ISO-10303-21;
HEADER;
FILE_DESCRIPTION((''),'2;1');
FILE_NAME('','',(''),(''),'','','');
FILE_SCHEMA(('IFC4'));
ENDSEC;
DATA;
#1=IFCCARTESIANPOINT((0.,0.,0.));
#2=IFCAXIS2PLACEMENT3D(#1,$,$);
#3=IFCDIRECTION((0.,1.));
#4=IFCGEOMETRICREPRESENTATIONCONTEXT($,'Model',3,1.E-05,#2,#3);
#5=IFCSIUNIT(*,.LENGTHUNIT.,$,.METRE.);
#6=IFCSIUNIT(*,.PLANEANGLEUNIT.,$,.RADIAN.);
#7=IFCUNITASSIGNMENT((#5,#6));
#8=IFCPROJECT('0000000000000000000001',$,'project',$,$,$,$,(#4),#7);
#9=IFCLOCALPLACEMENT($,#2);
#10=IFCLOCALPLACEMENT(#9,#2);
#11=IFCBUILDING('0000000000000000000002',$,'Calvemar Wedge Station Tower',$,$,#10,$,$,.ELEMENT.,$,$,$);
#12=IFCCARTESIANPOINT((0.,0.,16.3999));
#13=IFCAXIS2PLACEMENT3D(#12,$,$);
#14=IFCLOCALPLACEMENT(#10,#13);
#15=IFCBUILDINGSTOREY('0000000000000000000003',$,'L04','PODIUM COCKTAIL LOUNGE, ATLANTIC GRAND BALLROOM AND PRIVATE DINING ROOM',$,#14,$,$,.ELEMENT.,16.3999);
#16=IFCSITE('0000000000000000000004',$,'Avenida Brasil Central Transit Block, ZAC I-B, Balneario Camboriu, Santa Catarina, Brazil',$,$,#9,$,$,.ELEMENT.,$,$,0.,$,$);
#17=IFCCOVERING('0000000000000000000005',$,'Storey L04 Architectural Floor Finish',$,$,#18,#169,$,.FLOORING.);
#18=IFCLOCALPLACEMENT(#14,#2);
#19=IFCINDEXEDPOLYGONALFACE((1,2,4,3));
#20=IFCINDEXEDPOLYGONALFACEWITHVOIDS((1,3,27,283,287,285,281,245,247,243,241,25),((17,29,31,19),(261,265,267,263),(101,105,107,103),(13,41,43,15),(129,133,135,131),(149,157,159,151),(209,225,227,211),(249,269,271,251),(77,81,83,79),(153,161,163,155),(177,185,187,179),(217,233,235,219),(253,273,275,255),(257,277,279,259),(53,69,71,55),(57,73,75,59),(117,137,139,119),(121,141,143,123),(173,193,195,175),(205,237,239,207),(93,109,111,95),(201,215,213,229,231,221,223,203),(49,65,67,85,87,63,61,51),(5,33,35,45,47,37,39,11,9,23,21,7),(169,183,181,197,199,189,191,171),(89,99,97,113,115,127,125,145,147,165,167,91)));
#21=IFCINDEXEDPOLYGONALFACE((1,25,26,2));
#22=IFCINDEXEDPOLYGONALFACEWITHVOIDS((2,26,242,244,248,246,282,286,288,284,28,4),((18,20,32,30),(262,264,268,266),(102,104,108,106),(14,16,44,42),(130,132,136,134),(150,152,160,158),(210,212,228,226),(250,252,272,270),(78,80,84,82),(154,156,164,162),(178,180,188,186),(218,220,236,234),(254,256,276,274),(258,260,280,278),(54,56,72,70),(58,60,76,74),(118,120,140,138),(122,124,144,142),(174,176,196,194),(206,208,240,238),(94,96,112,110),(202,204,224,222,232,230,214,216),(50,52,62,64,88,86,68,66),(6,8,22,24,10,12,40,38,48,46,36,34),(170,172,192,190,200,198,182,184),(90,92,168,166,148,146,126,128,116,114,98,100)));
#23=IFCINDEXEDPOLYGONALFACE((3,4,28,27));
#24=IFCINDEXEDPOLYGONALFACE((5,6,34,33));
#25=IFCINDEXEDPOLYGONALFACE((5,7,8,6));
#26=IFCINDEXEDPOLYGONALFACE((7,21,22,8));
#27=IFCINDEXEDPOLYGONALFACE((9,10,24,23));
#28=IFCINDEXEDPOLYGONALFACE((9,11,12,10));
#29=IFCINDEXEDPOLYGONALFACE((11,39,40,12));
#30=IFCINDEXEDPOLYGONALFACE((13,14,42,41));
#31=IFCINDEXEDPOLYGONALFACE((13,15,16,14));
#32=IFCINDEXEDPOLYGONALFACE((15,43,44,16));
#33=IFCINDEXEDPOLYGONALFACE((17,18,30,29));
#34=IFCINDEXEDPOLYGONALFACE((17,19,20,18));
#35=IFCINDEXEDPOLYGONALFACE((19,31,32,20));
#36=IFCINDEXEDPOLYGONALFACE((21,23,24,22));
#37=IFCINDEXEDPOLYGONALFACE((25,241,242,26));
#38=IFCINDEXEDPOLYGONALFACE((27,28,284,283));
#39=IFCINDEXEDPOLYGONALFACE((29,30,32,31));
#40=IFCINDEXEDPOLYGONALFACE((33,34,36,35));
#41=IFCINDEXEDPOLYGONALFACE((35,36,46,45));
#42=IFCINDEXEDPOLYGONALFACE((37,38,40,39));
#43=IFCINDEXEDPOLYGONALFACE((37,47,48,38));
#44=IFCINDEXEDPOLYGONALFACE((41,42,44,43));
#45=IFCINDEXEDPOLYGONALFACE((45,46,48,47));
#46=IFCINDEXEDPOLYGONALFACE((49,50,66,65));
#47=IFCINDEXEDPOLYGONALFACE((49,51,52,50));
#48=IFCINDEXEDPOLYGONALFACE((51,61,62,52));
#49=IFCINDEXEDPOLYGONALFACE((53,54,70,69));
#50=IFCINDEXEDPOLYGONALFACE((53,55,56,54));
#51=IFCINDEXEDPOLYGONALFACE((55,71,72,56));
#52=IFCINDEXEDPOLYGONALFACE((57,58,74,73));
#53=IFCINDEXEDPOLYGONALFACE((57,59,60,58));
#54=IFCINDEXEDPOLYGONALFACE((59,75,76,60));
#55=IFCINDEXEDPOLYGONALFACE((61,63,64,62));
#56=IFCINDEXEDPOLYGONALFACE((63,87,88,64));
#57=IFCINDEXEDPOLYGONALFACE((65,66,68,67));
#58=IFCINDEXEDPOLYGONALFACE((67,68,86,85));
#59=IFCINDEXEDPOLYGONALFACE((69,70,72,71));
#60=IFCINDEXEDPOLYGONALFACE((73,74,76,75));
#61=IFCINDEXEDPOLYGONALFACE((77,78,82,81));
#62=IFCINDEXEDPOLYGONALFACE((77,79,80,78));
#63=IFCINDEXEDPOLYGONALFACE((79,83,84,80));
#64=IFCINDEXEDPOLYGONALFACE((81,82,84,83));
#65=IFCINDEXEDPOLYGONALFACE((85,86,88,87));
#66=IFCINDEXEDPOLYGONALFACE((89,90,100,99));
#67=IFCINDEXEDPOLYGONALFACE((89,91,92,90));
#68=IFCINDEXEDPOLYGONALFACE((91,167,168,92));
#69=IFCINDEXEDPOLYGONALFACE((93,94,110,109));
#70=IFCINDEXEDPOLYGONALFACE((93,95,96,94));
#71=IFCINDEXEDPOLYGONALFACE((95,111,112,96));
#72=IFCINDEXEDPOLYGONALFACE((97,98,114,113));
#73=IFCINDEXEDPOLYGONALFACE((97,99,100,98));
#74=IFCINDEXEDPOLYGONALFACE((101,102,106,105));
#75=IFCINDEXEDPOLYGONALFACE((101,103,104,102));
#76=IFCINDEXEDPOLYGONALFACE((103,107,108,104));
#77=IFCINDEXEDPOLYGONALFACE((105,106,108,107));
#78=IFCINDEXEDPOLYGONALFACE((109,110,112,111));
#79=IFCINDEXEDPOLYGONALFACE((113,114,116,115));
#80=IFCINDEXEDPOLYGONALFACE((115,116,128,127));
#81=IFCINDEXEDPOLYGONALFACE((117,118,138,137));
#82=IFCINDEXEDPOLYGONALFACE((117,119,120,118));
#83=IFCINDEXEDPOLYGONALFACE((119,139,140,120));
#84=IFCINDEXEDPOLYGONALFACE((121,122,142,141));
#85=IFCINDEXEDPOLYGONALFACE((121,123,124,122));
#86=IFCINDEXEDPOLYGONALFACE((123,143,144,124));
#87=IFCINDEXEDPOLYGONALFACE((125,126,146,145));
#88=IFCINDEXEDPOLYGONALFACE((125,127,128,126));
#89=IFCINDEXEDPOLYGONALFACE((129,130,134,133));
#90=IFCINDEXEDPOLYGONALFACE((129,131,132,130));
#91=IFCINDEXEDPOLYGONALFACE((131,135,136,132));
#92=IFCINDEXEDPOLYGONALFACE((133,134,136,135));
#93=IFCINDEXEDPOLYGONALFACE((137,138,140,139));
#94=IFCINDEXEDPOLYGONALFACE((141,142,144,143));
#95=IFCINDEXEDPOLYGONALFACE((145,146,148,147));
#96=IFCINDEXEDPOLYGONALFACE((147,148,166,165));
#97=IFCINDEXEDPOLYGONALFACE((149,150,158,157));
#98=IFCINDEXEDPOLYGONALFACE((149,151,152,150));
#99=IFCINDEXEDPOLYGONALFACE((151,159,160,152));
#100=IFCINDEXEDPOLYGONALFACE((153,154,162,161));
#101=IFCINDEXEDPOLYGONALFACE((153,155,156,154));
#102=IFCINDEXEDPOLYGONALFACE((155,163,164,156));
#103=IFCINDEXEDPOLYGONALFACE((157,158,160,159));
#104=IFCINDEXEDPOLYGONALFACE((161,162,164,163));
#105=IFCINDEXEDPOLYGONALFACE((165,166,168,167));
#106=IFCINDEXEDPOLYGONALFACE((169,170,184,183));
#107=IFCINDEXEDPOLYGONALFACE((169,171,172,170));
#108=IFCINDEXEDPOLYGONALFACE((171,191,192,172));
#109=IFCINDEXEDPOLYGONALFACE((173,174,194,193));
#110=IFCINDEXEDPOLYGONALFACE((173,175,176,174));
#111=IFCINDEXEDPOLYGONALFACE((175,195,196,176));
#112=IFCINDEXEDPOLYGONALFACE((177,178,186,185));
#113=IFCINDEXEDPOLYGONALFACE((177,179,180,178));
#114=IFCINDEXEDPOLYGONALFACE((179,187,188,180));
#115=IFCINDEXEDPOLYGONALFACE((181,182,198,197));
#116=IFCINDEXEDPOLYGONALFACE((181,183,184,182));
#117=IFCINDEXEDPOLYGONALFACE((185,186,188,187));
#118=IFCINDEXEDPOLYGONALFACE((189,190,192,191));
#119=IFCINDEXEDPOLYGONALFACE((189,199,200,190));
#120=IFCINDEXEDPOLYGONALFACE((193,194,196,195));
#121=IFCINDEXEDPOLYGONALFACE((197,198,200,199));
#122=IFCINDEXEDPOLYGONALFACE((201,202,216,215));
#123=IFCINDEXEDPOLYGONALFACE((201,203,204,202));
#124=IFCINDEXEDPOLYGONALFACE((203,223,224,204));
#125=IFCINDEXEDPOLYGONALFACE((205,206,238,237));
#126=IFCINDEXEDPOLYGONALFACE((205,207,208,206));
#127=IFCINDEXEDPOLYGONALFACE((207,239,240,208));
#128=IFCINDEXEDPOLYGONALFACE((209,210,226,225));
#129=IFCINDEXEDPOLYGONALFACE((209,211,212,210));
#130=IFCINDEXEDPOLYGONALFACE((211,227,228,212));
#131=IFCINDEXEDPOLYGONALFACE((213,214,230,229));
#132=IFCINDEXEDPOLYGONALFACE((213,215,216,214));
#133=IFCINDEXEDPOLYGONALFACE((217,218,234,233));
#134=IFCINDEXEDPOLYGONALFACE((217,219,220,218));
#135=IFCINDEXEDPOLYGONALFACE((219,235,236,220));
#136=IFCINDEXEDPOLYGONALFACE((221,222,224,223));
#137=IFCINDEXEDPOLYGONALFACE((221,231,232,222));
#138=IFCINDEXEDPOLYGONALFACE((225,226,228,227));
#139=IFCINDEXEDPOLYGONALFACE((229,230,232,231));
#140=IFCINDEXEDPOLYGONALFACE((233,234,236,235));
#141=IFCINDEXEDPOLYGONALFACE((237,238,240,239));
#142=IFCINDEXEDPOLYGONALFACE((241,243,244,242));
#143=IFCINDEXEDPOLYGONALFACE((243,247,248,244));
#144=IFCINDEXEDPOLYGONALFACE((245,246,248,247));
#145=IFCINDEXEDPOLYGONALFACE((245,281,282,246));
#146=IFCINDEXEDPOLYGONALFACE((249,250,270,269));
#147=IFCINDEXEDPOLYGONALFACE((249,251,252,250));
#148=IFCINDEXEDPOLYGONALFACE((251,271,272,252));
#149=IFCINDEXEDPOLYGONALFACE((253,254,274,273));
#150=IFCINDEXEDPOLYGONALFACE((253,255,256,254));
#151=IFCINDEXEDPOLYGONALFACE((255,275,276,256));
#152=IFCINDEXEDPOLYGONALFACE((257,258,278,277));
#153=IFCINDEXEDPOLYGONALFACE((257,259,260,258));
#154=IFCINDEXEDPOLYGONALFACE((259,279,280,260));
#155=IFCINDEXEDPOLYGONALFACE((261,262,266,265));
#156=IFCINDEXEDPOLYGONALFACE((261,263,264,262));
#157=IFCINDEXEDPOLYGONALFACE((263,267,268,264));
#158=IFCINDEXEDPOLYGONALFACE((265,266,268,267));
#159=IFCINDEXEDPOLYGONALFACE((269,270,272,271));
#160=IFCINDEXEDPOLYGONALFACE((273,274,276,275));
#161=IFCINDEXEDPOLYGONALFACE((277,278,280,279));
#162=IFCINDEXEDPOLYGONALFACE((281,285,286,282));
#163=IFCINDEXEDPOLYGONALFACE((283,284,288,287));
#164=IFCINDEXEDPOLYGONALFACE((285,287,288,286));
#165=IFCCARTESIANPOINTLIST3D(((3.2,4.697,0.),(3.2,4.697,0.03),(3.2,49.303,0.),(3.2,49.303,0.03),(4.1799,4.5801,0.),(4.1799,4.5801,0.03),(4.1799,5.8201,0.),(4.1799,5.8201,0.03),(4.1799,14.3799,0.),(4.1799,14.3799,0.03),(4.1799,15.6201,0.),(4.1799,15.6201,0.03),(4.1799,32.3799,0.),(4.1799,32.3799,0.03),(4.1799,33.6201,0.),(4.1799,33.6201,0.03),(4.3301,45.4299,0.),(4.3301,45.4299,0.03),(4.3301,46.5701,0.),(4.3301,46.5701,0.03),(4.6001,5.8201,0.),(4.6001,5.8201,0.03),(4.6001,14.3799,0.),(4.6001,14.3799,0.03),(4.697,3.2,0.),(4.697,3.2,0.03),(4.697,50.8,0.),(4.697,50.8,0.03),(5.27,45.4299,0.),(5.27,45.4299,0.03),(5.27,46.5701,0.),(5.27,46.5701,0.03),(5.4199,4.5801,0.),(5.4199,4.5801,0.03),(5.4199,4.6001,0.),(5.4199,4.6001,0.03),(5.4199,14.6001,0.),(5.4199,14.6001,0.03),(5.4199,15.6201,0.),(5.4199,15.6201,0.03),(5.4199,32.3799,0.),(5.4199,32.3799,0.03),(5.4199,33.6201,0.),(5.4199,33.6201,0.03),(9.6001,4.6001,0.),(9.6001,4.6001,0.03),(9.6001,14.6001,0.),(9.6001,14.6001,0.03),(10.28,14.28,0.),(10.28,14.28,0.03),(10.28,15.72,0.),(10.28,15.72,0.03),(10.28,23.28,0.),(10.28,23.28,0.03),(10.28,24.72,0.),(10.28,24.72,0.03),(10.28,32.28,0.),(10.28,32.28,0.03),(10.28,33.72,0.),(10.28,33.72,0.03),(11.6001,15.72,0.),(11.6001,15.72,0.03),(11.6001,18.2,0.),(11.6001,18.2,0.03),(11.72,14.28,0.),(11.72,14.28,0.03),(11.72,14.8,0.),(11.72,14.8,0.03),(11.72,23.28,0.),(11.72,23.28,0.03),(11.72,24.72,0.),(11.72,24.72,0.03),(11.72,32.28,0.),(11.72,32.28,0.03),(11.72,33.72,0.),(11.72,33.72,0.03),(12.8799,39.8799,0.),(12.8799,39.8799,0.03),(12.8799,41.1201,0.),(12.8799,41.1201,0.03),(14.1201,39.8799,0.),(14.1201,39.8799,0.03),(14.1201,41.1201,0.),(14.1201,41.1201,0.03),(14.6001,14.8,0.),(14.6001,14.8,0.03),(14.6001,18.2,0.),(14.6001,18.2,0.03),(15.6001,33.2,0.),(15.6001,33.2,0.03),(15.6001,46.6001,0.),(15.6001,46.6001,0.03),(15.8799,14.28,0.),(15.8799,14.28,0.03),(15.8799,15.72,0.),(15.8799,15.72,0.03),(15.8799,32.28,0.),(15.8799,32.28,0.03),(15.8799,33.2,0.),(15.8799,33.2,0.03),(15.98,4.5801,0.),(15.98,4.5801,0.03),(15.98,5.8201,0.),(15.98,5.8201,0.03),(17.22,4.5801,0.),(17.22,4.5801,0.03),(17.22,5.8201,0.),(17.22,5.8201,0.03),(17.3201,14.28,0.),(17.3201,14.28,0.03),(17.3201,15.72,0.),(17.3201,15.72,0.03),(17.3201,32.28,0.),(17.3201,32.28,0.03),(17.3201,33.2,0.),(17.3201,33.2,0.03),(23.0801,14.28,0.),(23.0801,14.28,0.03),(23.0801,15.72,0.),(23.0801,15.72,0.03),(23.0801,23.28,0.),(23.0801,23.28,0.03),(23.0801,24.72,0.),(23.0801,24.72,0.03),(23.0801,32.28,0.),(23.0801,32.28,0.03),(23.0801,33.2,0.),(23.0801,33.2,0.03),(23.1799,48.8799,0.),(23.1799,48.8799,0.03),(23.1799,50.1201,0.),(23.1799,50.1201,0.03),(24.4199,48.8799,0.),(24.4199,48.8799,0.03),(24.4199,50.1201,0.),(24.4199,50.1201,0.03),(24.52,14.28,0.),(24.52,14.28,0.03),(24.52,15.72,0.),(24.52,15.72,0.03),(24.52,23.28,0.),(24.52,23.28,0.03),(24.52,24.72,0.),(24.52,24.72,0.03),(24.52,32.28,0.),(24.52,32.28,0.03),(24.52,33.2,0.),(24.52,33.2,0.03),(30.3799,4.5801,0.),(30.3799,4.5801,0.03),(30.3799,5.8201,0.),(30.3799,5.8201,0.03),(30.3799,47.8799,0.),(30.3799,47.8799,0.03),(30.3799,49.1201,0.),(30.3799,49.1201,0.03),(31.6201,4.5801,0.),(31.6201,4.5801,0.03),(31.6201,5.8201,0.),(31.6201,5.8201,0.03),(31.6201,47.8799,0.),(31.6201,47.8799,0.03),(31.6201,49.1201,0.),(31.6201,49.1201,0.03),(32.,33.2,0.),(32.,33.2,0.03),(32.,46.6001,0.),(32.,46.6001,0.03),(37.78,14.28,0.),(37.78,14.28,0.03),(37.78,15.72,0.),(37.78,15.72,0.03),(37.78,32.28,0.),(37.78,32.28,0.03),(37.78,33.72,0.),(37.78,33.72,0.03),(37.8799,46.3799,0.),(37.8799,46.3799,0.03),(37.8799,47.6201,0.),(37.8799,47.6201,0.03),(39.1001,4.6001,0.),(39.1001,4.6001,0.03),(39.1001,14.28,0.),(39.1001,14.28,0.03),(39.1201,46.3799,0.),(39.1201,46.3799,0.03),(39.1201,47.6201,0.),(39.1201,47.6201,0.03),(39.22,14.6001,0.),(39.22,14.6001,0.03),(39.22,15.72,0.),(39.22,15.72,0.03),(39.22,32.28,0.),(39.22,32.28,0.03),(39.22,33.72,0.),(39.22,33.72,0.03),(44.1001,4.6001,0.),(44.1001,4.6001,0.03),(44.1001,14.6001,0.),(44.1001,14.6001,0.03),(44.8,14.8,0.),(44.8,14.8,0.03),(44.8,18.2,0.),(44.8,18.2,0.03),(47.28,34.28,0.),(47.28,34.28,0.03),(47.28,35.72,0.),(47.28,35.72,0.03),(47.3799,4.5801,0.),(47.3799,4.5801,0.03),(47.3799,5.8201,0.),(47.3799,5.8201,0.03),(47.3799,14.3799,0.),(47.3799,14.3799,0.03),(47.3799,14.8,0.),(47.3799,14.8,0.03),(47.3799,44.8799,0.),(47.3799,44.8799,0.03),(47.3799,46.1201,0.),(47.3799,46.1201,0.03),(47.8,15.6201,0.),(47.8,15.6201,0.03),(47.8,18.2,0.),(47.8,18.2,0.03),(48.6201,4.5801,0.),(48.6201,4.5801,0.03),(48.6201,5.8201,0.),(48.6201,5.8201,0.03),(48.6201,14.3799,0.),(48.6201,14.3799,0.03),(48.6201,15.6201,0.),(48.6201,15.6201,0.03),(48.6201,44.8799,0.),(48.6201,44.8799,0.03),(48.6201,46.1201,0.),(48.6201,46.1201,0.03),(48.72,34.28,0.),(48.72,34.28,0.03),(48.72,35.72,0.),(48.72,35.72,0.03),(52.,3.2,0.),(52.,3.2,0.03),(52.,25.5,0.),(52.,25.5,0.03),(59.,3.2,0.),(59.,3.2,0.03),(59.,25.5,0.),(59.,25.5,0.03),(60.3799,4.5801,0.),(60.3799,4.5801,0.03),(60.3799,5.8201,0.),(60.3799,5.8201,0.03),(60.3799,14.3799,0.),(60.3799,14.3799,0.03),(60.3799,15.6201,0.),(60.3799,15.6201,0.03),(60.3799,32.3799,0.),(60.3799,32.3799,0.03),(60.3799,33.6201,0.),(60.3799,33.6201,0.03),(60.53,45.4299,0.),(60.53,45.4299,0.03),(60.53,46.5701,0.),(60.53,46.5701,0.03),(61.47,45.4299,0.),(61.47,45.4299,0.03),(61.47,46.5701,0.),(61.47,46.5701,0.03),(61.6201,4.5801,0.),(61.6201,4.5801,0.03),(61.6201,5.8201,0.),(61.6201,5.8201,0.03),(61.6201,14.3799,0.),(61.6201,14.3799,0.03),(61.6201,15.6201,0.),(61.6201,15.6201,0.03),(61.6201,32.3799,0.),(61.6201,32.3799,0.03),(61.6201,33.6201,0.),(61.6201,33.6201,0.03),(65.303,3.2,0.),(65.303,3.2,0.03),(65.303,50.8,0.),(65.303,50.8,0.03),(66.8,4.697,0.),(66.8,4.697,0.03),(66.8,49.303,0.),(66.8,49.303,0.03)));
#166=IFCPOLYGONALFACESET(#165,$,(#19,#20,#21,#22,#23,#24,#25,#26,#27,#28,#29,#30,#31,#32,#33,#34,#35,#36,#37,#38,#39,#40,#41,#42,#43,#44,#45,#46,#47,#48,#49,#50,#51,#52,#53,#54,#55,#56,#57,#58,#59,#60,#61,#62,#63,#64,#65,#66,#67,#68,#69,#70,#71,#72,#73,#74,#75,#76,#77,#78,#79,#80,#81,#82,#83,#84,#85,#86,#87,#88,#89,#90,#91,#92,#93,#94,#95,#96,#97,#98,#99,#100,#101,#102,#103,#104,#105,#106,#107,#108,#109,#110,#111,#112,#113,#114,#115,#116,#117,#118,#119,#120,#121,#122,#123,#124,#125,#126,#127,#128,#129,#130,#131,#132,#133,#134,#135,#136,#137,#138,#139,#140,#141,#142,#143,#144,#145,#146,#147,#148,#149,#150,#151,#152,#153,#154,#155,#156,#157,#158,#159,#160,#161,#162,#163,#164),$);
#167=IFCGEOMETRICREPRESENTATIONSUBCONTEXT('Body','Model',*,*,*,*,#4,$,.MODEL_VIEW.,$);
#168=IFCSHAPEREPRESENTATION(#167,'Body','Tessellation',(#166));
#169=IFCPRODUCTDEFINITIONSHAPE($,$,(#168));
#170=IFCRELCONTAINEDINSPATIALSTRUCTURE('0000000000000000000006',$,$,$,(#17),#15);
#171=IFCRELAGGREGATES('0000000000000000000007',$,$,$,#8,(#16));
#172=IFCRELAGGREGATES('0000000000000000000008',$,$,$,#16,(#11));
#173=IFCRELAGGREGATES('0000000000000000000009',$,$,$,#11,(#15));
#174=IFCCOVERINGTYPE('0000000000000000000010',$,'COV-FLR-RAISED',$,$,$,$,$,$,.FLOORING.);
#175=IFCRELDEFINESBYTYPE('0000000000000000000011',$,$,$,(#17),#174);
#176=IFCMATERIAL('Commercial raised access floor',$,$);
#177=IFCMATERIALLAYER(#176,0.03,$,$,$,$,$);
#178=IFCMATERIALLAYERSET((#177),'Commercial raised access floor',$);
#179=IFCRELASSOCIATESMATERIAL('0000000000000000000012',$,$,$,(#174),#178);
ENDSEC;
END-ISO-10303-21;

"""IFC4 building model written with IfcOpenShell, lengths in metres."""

from ifc_helpers import new_model, si_unit, direction, frame, origin, place, context, subcontext, project, spatial, polyline, outline, extrude, material, layer, layer_set, type_object, element, save


model = new_model("IFC4")

# Units and contexts
model_context = context("Model", 3, precision=1e-05, world=origin(), true_north=direction((0.0, 1.0)))
body_context = subcontext(model_context, "Body", "Model", "MODEL_VIEW")
ifc_project = project(units=[si_unit("LENGTHUNIT", "METRE"), si_unit("PLANEANGLEUNIT", "RADIAN")], contexts=[model_context])

# Site, building, storey
site_placement = place(None, origin())
site = spatial("IfcSite", under=ifc_project, at=site_placement, Name="Avenida Brasil Central Transit Block, ZAC I-B, Balneario Camboriu, Santa Catarina, Brazil", CompositionType="ELEMENT", RefElevation=0.0)
building_placement = place(site_placement, origin())
building = spatial("IfcBuilding", under=site, at=building_placement, Name="Calvemar Wedge Station Tower", CompositionType="ELEMENT")
storey_placement = place(building_placement, frame((0.0, 0.0, 16.3999)))
storey = spatial("IfcBuildingStorey", under=building, at=storey_placement, Name="L04", Description="PODIUM COCKTAIL LOUNGE, ATLANTIC GRAND BALLROOM AND PRIVATE DINING ROOM", CompositionType="ELEMENT", Elevation=16.3999)

# Covering
ifc_material_1 = material(Name="Commercial raised access floor")
ifc_layer_1 = layer(ifc_material_1, 0.03)
ifc_layer_set_1 = layer_set([ifc_layer_1], Name="Commercial raised access floor")
covering_type_1 = type_object("IfcCoveringType", Name="COV-FLR-RAISED", PredefinedType="FLOORING", material=ifc_layer_set_1)
covering_1_placement = place(storey_placement, origin())
element("IfcCovering", 1, at=covering_1_placement, inside=storey, type_object=covering_type_1, Name="Storey L04 Architectural Floor Finish", PredefinedType="FLOORING", context=body_context, shape_type="SweptSolid", body=[
    extrude(outline(polyline([(65.303, 50.8), (4.697, 50.8), (3.2, 49.303), (3.2, 4.697), (4.697, 3.2), (52.0, 3.2), (52.0, 25.5), (59.0, 25.5), (59.0, 3.2), (65.303, 3.2), (66.8, 4.697), (66.8, 49.303), (65.303, 50.8)]), holes=[polyline([(15.6001, 46.6001), (32.0, 46.6001), (32.0, 33.2), (24.52, 33.2), (24.52, 32.28), (23.0801, 32.28), (23.0801, 33.2), (17.3201, 33.2), (17.3201, 32.28), (15.8799, 32.28), (15.8799, 33.2), (15.6001, 33.2), (15.6001, 46.6001)]), polyline([(4.6001, 14.3799), (4.1799, 14.3799), (4.1799, 15.6201), (5.4199, 15.6201), (5.4199, 14.6001), (9.6001, 14.6001), (9.6001, 4.6001), (5.4199, 4.6001), (5.4199, 4.5801), (4.1799, 4.5801), (4.1799, 5.8201), (4.6001, 5.8201), (4.6001, 14.3799)]), polyline([(39.22, 14.6001), (44.1001, 14.6001), (44.1001, 4.6001), (39.1001, 4.6001), (39.1001, 14.28), (37.78, 14.28), (37.78, 15.72), (39.22, 15.72), (39.22, 14.6001)]), polyline([(11.72, 14.28), (10.28, 14.28), (10.28, 15.72), (11.6001, 15.72), (11.6001, 18.2), (14.6001, 18.2), (14.6001, 14.8), (11.72, 14.8), (11.72, 14.28)]), polyline([(44.8, 14.8), (44.8, 18.2), (47.8, 18.2), (47.8, 15.6201), (48.6201, 15.6201), (48.6201, 14.3799), (47.3799, 14.3799), (47.3799, 14.8), (44.8, 14.8)]), polyline([(15.98, 5.8201), (17.22, 5.8201), (17.22, 4.5801), (15.98, 4.5801), (15.98, 5.8201)]), polyline([(31.6201, 5.8201), (31.6201, 4.5801), (30.3799, 4.5801), (30.3799, 5.8201), (31.6201, 5.8201)]), polyline([(48.6201, 4.5801), (47.3799, 4.5801), (47.3799, 5.8201), (48.6201, 5.8201), (48.6201, 4.5801)]), polyline([(60.3799, 4.5801), (60.3799, 5.8201), (61.6201, 5.8201), (61.6201, 4.5801), (60.3799, 4.5801)]), polyline([(17.3201, 14.28), (15.8799, 14.28), (15.8799, 15.72), (17.3201, 15.72), (17.3201, 14.28)]), polyline([(23.0801, 14.28), (23.0801, 15.72), (24.52, 15.72), (24.52, 14.28), (23.0801, 14.28)]), polyline([(61.6201, 14.3799), (60.3799, 14.3799), (60.3799, 15.6201), (61.6201, 15.6201), (61.6201, 14.3799)]), polyline([(10.28, 23.28), (10.28, 24.72), (11.72, 24.72), (11.72, 23.28), (10.28, 23.28)]), polyline([(23.0801, 24.72), (24.52, 24.72), (24.52, 23.28), (23.0801, 23.28), (23.0801, 24.72)]), polyline([(5.4199, 33.6201), (5.4199, 32.3799), (4.1799, 32.3799), (4.1799, 33.6201), (5.4199, 33.6201)]), polyline([(11.72, 32.28), (10.28, 32.28), (10.28, 33.72), (11.72, 33.72), (11.72, 32.28)]), polyline([(39.22, 33.72), (39.22, 32.28), (37.78, 32.28), (37.78, 33.72), (39.22, 33.72)]), polyline([(48.72, 34.28), (47.28, 34.28), (47.28, 35.72), (48.72, 35.72), (48.72, 34.28)]), polyline([(60.3799, 32.3799), (60.3799, 33.6201), (61.6201, 33.6201), (61.6201, 32.3799), (60.3799, 32.3799)]), polyline([(4.3301, 46.5701), (5.27, 46.5701), (5.27, 45.4299), (4.3301, 45.4299), (4.3301, 46.5701)]), polyline([(14.1201, 41.1201), (14.1201, 39.8799), (12.8799, 39.8799), (12.8799, 41.1201), (14.1201, 41.1201)]), polyline([(24.4199, 48.8799), (23.1799, 48.8799), (23.1799, 50.1201), (24.4199, 50.1201), (24.4199, 48.8799)]), polyline([(30.3799, 47.8799), (30.3799, 49.1201), (31.6201, 49.1201), (31.6201, 47.8799), (30.3799, 47.8799)]), polyline([(37.8799, 47.6201), (39.1201, 47.6201), (39.1201, 46.3799), (37.8799, 46.3799), (37.8799, 47.6201)]), polyline([(48.6201, 46.1201), (48.6201, 44.8799), (47.3799, 44.8799), (47.3799, 46.1201), (48.6201, 46.1201)]), polyline([(61.47, 45.4299), (60.53, 45.4299), (60.53, 46.5701), (61.47, 46.5701), (61.47, 45.4299)])]), origin(), (0.0, 0.0, 1.0), 0.03),
])

save(model, "model.ifc")
